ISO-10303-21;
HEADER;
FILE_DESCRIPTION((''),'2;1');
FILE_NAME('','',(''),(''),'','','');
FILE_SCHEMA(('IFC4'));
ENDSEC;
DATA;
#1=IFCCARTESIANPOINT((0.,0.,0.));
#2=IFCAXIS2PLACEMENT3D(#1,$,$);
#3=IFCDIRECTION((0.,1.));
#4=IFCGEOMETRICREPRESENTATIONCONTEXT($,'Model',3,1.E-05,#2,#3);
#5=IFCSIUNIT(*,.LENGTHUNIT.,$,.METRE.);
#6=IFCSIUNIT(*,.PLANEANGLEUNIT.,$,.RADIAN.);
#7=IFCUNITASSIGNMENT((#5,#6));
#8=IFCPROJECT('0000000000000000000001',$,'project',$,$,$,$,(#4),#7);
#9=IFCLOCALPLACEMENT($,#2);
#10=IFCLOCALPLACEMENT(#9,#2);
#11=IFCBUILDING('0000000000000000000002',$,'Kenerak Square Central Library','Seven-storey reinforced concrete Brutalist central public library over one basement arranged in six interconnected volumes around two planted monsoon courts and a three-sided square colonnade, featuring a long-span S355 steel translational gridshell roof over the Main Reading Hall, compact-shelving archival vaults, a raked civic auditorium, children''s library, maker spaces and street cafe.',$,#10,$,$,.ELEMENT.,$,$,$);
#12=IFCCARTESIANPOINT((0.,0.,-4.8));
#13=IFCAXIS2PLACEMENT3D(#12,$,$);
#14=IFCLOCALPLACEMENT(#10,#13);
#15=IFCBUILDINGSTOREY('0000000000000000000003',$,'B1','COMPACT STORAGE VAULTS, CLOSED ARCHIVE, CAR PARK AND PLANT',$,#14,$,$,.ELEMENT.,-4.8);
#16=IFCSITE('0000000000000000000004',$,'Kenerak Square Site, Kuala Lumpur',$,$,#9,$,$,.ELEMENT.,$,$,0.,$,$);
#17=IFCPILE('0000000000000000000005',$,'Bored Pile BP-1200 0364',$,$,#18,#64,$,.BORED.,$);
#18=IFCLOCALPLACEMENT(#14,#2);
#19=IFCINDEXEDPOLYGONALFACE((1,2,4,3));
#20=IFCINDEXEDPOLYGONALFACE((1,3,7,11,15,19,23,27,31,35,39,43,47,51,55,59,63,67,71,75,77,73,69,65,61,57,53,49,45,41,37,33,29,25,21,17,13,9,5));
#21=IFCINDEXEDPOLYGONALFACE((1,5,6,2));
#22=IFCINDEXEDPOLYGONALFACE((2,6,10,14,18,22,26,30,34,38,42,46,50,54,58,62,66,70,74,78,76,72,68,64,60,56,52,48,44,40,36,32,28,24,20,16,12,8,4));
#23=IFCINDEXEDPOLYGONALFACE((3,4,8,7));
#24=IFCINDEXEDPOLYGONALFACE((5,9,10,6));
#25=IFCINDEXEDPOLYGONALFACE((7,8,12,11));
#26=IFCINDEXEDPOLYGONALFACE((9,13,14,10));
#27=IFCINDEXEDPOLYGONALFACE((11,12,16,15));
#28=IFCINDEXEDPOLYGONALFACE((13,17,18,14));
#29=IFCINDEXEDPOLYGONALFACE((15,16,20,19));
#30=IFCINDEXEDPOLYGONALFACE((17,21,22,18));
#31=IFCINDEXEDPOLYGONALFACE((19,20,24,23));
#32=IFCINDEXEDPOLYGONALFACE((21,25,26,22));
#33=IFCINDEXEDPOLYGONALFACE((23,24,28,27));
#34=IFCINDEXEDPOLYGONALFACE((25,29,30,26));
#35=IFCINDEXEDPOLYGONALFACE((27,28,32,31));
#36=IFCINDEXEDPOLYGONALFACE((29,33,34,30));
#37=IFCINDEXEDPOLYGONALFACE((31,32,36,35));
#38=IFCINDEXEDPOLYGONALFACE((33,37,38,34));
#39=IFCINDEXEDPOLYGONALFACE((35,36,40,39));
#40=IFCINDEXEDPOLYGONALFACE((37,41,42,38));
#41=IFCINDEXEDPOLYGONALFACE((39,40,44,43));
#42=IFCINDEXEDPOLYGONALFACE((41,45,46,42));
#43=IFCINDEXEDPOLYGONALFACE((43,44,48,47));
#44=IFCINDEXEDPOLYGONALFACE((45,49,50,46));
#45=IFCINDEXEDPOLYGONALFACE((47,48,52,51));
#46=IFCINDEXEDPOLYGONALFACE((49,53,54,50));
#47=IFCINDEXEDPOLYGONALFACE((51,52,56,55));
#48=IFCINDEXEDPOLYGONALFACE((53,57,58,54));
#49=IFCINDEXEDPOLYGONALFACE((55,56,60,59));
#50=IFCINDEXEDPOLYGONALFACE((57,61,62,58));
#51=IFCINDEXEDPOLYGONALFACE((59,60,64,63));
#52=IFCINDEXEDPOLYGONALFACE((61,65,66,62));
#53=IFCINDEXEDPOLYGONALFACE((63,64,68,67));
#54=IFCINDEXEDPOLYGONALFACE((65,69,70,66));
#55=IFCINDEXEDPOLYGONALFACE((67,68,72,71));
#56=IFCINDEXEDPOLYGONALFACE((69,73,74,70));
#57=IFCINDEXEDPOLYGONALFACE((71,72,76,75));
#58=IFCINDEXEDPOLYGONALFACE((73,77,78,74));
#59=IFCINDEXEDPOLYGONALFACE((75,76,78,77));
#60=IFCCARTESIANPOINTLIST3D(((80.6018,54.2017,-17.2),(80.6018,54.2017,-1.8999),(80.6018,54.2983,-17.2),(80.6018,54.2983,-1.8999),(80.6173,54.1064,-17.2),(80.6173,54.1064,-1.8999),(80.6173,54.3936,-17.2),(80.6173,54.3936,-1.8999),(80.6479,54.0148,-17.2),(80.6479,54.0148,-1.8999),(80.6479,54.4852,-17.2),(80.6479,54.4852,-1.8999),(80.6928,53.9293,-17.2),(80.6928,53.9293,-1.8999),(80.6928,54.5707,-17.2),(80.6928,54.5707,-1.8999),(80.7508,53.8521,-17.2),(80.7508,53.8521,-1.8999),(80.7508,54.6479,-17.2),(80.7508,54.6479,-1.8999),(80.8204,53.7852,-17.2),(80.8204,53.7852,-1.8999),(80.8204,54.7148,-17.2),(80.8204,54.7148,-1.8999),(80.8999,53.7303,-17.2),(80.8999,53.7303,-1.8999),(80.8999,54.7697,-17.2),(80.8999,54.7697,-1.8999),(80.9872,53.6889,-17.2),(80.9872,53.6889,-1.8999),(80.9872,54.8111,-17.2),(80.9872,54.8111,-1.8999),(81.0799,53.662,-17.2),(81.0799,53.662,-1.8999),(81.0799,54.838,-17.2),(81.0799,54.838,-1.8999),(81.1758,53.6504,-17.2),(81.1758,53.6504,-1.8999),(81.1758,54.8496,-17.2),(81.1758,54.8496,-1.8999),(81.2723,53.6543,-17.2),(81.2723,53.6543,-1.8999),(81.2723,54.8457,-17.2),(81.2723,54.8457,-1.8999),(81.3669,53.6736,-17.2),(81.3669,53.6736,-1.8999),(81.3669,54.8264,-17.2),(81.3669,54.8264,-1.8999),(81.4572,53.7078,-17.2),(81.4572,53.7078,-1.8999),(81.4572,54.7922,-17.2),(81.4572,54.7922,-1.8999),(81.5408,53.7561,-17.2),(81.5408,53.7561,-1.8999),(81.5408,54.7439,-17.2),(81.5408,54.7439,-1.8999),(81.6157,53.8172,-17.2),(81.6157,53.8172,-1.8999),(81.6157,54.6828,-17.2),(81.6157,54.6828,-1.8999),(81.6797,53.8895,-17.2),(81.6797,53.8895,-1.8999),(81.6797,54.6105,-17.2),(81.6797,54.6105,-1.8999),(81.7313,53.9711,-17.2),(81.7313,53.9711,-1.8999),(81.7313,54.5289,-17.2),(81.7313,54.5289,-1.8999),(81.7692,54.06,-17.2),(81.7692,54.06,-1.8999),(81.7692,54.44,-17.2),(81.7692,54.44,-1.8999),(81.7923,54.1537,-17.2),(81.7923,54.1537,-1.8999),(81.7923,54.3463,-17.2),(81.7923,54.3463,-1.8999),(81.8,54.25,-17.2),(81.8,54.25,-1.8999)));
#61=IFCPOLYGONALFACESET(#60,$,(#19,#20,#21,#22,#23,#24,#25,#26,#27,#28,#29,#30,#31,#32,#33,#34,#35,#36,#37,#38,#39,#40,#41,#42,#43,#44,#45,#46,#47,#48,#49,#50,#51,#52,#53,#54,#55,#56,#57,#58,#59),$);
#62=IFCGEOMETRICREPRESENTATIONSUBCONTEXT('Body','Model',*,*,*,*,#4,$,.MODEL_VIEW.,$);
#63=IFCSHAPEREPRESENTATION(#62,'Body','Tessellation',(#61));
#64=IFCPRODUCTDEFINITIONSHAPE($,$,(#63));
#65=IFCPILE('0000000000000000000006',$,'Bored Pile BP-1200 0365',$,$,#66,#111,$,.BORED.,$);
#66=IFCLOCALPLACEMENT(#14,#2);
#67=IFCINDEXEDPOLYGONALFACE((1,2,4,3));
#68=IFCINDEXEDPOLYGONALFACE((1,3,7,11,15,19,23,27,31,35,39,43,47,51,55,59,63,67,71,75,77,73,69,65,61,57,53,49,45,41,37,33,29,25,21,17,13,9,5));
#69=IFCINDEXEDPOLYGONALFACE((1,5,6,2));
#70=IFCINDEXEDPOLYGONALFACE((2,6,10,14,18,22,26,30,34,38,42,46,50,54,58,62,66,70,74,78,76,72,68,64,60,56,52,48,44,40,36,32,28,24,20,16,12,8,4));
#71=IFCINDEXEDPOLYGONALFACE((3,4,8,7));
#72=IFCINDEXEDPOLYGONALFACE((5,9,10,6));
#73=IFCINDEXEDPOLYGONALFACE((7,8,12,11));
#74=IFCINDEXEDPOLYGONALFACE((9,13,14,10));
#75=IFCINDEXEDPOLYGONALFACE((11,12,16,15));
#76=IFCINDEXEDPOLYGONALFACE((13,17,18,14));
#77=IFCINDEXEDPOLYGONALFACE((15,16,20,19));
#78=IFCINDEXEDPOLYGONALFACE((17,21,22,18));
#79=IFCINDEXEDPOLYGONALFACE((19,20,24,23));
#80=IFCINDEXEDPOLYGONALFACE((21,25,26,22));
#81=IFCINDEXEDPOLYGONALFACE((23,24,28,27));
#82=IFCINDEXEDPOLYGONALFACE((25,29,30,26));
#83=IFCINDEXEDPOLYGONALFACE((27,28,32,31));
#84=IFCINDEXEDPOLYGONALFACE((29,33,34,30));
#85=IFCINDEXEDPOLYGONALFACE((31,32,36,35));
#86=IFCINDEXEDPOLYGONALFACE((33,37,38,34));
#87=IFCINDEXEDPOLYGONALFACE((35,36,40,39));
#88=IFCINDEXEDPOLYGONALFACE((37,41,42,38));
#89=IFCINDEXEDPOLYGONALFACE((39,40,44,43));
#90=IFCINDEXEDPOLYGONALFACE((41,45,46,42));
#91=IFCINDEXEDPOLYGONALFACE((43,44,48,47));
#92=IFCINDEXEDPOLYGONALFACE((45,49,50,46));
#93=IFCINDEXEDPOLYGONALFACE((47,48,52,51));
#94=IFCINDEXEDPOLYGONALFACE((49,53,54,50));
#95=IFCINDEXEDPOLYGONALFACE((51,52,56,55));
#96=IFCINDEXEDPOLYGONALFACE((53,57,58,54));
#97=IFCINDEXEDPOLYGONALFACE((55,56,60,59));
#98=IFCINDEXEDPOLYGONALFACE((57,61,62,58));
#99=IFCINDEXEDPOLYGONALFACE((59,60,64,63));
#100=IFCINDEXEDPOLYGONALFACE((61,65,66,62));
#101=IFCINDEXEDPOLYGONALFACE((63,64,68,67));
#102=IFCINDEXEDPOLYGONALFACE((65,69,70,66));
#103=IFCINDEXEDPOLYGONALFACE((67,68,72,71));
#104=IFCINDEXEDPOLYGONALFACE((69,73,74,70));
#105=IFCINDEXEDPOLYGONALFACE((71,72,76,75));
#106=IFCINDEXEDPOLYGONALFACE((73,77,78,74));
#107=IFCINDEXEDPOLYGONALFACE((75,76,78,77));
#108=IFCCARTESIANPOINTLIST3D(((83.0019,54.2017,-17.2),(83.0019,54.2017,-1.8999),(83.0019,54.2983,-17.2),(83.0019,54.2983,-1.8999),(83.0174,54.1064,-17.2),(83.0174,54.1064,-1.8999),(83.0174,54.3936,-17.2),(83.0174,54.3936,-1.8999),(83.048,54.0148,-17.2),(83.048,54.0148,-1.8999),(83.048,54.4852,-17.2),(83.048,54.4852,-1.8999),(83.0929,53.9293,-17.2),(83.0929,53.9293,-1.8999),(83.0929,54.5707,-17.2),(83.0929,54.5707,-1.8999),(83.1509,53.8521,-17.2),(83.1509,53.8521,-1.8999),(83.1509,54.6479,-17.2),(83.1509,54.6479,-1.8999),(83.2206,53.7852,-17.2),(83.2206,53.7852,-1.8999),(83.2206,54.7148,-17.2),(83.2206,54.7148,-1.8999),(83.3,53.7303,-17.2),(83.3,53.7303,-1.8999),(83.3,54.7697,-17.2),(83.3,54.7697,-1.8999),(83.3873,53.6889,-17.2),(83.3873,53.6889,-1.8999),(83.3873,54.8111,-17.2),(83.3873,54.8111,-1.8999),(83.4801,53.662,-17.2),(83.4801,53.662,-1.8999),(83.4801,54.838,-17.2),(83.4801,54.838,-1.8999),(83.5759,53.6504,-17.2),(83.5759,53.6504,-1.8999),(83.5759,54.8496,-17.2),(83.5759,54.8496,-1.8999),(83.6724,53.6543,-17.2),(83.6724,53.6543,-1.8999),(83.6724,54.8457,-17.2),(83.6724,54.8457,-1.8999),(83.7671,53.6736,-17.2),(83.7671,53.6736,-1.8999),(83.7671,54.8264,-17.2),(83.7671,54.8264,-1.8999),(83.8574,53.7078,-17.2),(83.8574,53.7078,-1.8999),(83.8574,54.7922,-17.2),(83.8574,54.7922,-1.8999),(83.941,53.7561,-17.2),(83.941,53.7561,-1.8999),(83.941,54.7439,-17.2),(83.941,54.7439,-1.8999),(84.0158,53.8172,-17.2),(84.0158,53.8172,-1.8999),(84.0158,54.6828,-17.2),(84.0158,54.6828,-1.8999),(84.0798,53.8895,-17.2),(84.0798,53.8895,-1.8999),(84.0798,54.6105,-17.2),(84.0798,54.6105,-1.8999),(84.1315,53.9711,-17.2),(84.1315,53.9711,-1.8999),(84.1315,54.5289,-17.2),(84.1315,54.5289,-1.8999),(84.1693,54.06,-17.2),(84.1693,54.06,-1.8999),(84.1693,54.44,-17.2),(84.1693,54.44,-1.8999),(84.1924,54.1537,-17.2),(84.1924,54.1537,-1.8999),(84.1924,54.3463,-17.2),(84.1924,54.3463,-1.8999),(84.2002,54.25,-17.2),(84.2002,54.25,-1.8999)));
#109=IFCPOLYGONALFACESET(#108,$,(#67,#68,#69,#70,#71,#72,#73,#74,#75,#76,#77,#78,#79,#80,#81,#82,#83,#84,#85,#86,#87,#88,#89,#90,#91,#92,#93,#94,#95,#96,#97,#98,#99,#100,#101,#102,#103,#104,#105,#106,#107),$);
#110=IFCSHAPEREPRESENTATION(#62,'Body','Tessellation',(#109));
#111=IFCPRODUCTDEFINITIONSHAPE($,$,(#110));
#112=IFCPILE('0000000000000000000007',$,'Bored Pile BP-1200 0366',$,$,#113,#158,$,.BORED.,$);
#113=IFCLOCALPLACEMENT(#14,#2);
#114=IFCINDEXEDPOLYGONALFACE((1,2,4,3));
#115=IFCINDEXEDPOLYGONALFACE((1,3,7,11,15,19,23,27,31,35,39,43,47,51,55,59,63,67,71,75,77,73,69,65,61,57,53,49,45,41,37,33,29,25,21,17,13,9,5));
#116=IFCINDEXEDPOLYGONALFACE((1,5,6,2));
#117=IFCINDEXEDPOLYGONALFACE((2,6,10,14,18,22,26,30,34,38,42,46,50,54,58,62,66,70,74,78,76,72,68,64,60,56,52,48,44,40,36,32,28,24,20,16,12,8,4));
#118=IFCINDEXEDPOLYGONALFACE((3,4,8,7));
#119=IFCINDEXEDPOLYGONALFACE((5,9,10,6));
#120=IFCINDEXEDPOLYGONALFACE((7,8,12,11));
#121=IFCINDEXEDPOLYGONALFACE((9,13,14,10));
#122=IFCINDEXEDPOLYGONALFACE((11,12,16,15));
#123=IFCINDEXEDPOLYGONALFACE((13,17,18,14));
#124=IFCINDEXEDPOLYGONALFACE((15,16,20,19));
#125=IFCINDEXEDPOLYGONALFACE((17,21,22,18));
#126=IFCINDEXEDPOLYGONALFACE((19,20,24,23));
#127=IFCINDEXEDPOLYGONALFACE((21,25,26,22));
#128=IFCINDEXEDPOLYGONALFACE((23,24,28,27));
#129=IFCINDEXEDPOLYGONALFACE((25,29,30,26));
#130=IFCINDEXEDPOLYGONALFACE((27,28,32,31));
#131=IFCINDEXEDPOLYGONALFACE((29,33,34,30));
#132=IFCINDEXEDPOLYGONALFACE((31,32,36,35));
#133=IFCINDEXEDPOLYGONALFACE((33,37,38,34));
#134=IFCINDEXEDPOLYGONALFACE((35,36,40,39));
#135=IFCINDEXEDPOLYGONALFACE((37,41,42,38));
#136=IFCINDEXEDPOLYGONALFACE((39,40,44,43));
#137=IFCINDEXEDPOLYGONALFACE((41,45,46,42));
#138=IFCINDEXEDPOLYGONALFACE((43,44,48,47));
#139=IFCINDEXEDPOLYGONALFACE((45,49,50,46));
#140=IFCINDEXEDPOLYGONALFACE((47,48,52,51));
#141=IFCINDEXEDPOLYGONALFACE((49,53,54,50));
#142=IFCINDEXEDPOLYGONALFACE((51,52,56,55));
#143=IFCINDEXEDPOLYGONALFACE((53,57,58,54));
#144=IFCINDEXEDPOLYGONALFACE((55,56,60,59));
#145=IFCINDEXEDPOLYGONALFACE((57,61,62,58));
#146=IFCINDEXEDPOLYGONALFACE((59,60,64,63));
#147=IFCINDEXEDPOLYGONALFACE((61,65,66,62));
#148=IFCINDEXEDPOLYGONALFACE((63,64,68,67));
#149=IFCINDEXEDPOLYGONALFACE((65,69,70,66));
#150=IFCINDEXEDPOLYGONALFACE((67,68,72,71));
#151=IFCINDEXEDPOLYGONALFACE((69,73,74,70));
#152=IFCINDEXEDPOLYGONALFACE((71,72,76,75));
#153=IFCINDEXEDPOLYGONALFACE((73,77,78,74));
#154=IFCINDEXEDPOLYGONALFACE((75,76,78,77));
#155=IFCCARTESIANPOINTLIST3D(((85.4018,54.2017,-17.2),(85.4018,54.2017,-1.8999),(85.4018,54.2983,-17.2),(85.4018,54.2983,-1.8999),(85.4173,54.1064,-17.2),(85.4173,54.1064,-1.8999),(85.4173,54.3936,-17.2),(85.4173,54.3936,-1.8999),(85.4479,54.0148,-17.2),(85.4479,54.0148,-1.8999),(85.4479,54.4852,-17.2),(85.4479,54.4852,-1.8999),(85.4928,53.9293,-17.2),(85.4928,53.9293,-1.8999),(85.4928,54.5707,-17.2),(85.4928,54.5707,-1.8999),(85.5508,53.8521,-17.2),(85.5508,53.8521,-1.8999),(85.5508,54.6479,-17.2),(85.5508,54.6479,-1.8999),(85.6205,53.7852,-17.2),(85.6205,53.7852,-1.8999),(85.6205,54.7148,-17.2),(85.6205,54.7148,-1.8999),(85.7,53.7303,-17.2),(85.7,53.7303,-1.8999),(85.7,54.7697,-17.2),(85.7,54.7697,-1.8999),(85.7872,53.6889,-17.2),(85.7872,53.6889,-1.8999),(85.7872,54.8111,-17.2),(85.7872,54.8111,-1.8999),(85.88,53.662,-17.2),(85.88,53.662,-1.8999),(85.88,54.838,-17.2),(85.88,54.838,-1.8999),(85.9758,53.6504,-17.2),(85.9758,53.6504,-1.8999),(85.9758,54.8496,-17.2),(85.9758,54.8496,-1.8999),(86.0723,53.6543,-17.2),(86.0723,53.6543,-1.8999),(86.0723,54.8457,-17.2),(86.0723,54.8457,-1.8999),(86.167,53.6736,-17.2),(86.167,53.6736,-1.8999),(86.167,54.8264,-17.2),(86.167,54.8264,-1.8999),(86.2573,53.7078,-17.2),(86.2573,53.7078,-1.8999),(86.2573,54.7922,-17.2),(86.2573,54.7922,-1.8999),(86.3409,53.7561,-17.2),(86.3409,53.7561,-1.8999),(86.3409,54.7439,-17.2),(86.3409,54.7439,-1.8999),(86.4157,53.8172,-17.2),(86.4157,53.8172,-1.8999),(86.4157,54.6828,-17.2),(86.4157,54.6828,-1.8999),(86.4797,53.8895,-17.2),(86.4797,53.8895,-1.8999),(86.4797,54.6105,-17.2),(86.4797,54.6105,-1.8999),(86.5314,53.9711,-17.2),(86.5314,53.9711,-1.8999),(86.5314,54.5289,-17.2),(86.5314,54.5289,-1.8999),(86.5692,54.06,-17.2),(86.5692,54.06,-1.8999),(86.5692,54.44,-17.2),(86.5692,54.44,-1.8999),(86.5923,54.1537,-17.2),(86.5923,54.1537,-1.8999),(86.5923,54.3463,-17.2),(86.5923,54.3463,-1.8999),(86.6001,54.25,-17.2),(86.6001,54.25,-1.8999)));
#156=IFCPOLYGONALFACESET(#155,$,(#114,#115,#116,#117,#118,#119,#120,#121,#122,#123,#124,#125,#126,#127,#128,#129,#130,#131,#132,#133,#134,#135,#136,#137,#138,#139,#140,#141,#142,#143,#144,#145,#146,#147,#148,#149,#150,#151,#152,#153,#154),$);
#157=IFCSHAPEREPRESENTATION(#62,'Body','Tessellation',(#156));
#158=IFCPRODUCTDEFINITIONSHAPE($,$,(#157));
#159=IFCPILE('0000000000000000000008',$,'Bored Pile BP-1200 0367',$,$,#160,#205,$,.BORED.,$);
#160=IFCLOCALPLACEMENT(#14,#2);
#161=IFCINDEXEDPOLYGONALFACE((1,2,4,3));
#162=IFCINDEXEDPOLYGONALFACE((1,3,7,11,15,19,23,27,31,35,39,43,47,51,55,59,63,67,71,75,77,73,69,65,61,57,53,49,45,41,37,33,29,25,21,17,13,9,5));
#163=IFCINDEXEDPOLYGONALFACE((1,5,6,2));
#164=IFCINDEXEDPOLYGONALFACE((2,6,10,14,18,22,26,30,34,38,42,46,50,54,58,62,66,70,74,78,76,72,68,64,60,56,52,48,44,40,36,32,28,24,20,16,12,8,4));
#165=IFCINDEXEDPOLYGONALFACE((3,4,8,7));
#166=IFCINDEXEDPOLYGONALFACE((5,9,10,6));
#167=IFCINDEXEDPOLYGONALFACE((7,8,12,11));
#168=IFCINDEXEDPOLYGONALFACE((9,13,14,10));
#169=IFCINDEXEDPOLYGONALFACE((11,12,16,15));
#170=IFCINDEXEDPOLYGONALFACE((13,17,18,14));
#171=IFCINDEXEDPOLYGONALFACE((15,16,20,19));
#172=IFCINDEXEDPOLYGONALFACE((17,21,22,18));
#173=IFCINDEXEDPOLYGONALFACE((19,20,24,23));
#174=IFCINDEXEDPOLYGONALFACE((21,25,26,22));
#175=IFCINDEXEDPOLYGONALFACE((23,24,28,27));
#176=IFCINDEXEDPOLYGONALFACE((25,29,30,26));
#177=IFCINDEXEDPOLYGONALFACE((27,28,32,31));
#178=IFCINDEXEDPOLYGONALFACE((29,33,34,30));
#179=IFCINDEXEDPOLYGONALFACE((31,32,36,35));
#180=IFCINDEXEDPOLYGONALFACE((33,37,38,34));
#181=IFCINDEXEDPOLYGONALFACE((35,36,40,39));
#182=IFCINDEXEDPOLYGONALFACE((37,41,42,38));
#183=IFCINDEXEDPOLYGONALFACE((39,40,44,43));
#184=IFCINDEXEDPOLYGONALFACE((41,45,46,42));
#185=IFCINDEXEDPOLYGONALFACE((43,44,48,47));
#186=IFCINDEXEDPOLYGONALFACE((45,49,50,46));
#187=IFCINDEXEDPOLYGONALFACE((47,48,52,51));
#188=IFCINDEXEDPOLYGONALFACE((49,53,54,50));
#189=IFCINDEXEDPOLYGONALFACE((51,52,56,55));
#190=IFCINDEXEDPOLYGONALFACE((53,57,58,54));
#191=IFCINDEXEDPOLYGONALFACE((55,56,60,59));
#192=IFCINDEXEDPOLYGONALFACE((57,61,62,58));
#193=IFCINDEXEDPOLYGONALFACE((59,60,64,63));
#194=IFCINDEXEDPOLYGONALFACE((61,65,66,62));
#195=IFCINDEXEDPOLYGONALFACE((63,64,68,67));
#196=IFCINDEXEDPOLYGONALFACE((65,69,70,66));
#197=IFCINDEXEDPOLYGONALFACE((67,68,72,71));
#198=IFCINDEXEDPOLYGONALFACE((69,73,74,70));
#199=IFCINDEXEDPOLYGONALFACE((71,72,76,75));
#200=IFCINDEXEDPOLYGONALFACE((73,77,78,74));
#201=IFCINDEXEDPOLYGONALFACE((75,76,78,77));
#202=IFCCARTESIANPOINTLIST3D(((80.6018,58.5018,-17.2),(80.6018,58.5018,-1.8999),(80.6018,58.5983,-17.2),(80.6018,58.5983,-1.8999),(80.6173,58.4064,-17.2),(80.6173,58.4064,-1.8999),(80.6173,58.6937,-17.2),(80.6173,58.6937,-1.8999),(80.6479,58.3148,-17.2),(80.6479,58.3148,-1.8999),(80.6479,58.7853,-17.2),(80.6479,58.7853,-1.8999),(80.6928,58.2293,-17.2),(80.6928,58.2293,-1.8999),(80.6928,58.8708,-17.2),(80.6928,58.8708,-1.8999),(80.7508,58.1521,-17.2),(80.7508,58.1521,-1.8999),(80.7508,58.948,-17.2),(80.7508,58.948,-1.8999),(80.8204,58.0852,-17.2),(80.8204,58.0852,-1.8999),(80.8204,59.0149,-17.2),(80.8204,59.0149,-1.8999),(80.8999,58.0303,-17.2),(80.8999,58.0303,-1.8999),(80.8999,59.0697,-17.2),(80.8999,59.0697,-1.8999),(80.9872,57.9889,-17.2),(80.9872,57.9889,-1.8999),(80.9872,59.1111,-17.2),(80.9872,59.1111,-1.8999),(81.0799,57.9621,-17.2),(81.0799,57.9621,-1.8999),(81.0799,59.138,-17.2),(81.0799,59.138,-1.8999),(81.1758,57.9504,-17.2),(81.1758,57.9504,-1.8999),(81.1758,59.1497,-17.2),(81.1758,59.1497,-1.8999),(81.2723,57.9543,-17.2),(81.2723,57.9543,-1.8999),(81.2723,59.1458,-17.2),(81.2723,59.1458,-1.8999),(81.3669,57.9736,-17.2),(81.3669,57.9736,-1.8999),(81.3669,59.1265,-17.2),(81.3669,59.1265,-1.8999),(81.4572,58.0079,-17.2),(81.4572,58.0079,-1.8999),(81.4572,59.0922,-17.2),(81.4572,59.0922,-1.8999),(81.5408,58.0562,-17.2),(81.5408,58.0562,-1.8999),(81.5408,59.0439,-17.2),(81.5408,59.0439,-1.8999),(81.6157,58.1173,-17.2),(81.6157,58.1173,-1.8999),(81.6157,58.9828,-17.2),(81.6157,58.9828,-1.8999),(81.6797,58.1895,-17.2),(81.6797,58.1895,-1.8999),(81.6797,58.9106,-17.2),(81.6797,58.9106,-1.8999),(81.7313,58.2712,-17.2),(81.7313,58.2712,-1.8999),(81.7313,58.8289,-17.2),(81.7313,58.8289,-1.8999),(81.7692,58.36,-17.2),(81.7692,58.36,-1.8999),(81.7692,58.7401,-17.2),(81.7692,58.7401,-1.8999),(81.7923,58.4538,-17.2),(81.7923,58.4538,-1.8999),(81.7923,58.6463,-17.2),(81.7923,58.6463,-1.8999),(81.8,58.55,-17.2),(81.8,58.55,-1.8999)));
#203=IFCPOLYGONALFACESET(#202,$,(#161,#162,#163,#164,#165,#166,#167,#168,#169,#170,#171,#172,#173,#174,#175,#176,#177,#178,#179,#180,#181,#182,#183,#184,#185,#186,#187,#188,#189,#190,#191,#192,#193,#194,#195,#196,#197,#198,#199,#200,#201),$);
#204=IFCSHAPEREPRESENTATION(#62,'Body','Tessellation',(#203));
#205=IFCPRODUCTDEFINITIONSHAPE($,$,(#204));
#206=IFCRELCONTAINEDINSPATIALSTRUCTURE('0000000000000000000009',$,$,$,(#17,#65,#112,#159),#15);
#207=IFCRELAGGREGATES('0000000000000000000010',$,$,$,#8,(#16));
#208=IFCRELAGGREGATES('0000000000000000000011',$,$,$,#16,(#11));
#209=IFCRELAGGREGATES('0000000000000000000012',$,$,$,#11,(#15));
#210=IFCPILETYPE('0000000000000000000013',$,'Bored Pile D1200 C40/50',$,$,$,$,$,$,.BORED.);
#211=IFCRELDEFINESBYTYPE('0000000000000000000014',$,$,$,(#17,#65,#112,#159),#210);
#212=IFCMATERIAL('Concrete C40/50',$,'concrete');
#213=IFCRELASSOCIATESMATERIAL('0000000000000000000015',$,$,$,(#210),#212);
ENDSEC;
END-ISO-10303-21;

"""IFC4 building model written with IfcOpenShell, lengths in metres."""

from ifc_helpers import new_model, si_unit, direction, frame, origin, origin_2d, place, context, subcontext, project, spatial, circle, extrude, material, material_profile, profile_set, type_object, element, save


model = new_model("IFC4")

# Units and contexts
model_context = context("Model", 3, precision=1e-05, world=origin(), true_north=direction((0.0, 1.0)))
body_context = subcontext(model_context, "Body", "Model", "MODEL_VIEW")
ifc_project = project(units=[si_unit("LENGTHUNIT", "METRE"), si_unit("PLANEANGLEUNIT", "RADIAN")], contexts=[model_context])

# Site, building, storey
site_placement = place(None, origin())
site = spatial("IfcSite", under=ifc_project, at=site_placement, Name="Kenerak Square Site, Kuala Lumpur", CompositionType="ELEMENT", RefElevation=0.0)
building_placement = place(site_placement, origin())
building = spatial("IfcBuilding", under=site, at=building_placement, Name="Kenerak Square Central Library", Description="Seven-storey reinforced concrete Brutalist central public library over one basement arranged in six interconnected volumes around two planted monsoon courts and a three-sided square colonnade, featuring a long-span S355 steel translational gridshell roof over the Main Reading Hall, compact-shelving archival vaults, a raked civic auditorium, children's library, maker spaces and street cafe.", CompositionType="ELEMENT")
storey_placement = place(building_placement, frame((0.0, 0.0, -4.8)))
storey = spatial("IfcBuildingStorey", under=building, at=storey_placement, Name="B1", Description="COMPACT STORAGE VAULTS, CLOSED ARCHIVE, CAR PARK AND PLANT", CompositionType="ELEMENT", Elevation=-4.8)

# Piles
ifc_material_1 = material(Name="Concrete C40/50", Category="concrete")
ifc_material_profile_1 = material_profile(ifc_material_1, circle(Radius=0.6001, at=origin_2d()), Name="BP D1200")
ifc_profile_set_1 = profile_set([ifc_material_profile_1], Name="Concrete C40/50")
pile_type = type_object("IfcPileType", Name="Bored Pile D1200 C40/50", PredefinedType="BORED", material=ifc_profile_set_1)
for number, where, z_axis, x_axis, name in (
    (1, (81.2, 54.25, -1.8999), (0.0, 0.0, -1.0), (1.0, 0.0, 0.0), "Bored Pile BP-1200 0364"),
    (2, (83.6001, 54.25, -1.8999), (0.0, 0.0, -1.0), (1.0, 0.0, 0.0), "Bored Pile BP-1200 0365"),
    (3, (86.0, 54.25, -1.8999), (0.0, 0.0, -1.0), (1.0, 0.0, 0.0), "Bored Pile BP-1200 0366"),
    (4, (81.2, 58.55, -1.8999), (0.0, 0.0, -1.0), (1.0, 0.0, 0.0), "Bored Pile BP-1200 0367"),
):
    element("IfcPile", number, at=place(storey_placement, frame(where, z_axis=z_axis, x_axis=x_axis)), inside=storey, type_object=pile_type, Name=name, PredefinedType="BORED", context=body_context, shape_type="SweptSolid", body=[
        extrude(circle(Radius=0.6001, at=origin_2d()), origin(), (0.0, 0.0, 1.0), 15.3),
    ])

save(model, "model.ifc")
